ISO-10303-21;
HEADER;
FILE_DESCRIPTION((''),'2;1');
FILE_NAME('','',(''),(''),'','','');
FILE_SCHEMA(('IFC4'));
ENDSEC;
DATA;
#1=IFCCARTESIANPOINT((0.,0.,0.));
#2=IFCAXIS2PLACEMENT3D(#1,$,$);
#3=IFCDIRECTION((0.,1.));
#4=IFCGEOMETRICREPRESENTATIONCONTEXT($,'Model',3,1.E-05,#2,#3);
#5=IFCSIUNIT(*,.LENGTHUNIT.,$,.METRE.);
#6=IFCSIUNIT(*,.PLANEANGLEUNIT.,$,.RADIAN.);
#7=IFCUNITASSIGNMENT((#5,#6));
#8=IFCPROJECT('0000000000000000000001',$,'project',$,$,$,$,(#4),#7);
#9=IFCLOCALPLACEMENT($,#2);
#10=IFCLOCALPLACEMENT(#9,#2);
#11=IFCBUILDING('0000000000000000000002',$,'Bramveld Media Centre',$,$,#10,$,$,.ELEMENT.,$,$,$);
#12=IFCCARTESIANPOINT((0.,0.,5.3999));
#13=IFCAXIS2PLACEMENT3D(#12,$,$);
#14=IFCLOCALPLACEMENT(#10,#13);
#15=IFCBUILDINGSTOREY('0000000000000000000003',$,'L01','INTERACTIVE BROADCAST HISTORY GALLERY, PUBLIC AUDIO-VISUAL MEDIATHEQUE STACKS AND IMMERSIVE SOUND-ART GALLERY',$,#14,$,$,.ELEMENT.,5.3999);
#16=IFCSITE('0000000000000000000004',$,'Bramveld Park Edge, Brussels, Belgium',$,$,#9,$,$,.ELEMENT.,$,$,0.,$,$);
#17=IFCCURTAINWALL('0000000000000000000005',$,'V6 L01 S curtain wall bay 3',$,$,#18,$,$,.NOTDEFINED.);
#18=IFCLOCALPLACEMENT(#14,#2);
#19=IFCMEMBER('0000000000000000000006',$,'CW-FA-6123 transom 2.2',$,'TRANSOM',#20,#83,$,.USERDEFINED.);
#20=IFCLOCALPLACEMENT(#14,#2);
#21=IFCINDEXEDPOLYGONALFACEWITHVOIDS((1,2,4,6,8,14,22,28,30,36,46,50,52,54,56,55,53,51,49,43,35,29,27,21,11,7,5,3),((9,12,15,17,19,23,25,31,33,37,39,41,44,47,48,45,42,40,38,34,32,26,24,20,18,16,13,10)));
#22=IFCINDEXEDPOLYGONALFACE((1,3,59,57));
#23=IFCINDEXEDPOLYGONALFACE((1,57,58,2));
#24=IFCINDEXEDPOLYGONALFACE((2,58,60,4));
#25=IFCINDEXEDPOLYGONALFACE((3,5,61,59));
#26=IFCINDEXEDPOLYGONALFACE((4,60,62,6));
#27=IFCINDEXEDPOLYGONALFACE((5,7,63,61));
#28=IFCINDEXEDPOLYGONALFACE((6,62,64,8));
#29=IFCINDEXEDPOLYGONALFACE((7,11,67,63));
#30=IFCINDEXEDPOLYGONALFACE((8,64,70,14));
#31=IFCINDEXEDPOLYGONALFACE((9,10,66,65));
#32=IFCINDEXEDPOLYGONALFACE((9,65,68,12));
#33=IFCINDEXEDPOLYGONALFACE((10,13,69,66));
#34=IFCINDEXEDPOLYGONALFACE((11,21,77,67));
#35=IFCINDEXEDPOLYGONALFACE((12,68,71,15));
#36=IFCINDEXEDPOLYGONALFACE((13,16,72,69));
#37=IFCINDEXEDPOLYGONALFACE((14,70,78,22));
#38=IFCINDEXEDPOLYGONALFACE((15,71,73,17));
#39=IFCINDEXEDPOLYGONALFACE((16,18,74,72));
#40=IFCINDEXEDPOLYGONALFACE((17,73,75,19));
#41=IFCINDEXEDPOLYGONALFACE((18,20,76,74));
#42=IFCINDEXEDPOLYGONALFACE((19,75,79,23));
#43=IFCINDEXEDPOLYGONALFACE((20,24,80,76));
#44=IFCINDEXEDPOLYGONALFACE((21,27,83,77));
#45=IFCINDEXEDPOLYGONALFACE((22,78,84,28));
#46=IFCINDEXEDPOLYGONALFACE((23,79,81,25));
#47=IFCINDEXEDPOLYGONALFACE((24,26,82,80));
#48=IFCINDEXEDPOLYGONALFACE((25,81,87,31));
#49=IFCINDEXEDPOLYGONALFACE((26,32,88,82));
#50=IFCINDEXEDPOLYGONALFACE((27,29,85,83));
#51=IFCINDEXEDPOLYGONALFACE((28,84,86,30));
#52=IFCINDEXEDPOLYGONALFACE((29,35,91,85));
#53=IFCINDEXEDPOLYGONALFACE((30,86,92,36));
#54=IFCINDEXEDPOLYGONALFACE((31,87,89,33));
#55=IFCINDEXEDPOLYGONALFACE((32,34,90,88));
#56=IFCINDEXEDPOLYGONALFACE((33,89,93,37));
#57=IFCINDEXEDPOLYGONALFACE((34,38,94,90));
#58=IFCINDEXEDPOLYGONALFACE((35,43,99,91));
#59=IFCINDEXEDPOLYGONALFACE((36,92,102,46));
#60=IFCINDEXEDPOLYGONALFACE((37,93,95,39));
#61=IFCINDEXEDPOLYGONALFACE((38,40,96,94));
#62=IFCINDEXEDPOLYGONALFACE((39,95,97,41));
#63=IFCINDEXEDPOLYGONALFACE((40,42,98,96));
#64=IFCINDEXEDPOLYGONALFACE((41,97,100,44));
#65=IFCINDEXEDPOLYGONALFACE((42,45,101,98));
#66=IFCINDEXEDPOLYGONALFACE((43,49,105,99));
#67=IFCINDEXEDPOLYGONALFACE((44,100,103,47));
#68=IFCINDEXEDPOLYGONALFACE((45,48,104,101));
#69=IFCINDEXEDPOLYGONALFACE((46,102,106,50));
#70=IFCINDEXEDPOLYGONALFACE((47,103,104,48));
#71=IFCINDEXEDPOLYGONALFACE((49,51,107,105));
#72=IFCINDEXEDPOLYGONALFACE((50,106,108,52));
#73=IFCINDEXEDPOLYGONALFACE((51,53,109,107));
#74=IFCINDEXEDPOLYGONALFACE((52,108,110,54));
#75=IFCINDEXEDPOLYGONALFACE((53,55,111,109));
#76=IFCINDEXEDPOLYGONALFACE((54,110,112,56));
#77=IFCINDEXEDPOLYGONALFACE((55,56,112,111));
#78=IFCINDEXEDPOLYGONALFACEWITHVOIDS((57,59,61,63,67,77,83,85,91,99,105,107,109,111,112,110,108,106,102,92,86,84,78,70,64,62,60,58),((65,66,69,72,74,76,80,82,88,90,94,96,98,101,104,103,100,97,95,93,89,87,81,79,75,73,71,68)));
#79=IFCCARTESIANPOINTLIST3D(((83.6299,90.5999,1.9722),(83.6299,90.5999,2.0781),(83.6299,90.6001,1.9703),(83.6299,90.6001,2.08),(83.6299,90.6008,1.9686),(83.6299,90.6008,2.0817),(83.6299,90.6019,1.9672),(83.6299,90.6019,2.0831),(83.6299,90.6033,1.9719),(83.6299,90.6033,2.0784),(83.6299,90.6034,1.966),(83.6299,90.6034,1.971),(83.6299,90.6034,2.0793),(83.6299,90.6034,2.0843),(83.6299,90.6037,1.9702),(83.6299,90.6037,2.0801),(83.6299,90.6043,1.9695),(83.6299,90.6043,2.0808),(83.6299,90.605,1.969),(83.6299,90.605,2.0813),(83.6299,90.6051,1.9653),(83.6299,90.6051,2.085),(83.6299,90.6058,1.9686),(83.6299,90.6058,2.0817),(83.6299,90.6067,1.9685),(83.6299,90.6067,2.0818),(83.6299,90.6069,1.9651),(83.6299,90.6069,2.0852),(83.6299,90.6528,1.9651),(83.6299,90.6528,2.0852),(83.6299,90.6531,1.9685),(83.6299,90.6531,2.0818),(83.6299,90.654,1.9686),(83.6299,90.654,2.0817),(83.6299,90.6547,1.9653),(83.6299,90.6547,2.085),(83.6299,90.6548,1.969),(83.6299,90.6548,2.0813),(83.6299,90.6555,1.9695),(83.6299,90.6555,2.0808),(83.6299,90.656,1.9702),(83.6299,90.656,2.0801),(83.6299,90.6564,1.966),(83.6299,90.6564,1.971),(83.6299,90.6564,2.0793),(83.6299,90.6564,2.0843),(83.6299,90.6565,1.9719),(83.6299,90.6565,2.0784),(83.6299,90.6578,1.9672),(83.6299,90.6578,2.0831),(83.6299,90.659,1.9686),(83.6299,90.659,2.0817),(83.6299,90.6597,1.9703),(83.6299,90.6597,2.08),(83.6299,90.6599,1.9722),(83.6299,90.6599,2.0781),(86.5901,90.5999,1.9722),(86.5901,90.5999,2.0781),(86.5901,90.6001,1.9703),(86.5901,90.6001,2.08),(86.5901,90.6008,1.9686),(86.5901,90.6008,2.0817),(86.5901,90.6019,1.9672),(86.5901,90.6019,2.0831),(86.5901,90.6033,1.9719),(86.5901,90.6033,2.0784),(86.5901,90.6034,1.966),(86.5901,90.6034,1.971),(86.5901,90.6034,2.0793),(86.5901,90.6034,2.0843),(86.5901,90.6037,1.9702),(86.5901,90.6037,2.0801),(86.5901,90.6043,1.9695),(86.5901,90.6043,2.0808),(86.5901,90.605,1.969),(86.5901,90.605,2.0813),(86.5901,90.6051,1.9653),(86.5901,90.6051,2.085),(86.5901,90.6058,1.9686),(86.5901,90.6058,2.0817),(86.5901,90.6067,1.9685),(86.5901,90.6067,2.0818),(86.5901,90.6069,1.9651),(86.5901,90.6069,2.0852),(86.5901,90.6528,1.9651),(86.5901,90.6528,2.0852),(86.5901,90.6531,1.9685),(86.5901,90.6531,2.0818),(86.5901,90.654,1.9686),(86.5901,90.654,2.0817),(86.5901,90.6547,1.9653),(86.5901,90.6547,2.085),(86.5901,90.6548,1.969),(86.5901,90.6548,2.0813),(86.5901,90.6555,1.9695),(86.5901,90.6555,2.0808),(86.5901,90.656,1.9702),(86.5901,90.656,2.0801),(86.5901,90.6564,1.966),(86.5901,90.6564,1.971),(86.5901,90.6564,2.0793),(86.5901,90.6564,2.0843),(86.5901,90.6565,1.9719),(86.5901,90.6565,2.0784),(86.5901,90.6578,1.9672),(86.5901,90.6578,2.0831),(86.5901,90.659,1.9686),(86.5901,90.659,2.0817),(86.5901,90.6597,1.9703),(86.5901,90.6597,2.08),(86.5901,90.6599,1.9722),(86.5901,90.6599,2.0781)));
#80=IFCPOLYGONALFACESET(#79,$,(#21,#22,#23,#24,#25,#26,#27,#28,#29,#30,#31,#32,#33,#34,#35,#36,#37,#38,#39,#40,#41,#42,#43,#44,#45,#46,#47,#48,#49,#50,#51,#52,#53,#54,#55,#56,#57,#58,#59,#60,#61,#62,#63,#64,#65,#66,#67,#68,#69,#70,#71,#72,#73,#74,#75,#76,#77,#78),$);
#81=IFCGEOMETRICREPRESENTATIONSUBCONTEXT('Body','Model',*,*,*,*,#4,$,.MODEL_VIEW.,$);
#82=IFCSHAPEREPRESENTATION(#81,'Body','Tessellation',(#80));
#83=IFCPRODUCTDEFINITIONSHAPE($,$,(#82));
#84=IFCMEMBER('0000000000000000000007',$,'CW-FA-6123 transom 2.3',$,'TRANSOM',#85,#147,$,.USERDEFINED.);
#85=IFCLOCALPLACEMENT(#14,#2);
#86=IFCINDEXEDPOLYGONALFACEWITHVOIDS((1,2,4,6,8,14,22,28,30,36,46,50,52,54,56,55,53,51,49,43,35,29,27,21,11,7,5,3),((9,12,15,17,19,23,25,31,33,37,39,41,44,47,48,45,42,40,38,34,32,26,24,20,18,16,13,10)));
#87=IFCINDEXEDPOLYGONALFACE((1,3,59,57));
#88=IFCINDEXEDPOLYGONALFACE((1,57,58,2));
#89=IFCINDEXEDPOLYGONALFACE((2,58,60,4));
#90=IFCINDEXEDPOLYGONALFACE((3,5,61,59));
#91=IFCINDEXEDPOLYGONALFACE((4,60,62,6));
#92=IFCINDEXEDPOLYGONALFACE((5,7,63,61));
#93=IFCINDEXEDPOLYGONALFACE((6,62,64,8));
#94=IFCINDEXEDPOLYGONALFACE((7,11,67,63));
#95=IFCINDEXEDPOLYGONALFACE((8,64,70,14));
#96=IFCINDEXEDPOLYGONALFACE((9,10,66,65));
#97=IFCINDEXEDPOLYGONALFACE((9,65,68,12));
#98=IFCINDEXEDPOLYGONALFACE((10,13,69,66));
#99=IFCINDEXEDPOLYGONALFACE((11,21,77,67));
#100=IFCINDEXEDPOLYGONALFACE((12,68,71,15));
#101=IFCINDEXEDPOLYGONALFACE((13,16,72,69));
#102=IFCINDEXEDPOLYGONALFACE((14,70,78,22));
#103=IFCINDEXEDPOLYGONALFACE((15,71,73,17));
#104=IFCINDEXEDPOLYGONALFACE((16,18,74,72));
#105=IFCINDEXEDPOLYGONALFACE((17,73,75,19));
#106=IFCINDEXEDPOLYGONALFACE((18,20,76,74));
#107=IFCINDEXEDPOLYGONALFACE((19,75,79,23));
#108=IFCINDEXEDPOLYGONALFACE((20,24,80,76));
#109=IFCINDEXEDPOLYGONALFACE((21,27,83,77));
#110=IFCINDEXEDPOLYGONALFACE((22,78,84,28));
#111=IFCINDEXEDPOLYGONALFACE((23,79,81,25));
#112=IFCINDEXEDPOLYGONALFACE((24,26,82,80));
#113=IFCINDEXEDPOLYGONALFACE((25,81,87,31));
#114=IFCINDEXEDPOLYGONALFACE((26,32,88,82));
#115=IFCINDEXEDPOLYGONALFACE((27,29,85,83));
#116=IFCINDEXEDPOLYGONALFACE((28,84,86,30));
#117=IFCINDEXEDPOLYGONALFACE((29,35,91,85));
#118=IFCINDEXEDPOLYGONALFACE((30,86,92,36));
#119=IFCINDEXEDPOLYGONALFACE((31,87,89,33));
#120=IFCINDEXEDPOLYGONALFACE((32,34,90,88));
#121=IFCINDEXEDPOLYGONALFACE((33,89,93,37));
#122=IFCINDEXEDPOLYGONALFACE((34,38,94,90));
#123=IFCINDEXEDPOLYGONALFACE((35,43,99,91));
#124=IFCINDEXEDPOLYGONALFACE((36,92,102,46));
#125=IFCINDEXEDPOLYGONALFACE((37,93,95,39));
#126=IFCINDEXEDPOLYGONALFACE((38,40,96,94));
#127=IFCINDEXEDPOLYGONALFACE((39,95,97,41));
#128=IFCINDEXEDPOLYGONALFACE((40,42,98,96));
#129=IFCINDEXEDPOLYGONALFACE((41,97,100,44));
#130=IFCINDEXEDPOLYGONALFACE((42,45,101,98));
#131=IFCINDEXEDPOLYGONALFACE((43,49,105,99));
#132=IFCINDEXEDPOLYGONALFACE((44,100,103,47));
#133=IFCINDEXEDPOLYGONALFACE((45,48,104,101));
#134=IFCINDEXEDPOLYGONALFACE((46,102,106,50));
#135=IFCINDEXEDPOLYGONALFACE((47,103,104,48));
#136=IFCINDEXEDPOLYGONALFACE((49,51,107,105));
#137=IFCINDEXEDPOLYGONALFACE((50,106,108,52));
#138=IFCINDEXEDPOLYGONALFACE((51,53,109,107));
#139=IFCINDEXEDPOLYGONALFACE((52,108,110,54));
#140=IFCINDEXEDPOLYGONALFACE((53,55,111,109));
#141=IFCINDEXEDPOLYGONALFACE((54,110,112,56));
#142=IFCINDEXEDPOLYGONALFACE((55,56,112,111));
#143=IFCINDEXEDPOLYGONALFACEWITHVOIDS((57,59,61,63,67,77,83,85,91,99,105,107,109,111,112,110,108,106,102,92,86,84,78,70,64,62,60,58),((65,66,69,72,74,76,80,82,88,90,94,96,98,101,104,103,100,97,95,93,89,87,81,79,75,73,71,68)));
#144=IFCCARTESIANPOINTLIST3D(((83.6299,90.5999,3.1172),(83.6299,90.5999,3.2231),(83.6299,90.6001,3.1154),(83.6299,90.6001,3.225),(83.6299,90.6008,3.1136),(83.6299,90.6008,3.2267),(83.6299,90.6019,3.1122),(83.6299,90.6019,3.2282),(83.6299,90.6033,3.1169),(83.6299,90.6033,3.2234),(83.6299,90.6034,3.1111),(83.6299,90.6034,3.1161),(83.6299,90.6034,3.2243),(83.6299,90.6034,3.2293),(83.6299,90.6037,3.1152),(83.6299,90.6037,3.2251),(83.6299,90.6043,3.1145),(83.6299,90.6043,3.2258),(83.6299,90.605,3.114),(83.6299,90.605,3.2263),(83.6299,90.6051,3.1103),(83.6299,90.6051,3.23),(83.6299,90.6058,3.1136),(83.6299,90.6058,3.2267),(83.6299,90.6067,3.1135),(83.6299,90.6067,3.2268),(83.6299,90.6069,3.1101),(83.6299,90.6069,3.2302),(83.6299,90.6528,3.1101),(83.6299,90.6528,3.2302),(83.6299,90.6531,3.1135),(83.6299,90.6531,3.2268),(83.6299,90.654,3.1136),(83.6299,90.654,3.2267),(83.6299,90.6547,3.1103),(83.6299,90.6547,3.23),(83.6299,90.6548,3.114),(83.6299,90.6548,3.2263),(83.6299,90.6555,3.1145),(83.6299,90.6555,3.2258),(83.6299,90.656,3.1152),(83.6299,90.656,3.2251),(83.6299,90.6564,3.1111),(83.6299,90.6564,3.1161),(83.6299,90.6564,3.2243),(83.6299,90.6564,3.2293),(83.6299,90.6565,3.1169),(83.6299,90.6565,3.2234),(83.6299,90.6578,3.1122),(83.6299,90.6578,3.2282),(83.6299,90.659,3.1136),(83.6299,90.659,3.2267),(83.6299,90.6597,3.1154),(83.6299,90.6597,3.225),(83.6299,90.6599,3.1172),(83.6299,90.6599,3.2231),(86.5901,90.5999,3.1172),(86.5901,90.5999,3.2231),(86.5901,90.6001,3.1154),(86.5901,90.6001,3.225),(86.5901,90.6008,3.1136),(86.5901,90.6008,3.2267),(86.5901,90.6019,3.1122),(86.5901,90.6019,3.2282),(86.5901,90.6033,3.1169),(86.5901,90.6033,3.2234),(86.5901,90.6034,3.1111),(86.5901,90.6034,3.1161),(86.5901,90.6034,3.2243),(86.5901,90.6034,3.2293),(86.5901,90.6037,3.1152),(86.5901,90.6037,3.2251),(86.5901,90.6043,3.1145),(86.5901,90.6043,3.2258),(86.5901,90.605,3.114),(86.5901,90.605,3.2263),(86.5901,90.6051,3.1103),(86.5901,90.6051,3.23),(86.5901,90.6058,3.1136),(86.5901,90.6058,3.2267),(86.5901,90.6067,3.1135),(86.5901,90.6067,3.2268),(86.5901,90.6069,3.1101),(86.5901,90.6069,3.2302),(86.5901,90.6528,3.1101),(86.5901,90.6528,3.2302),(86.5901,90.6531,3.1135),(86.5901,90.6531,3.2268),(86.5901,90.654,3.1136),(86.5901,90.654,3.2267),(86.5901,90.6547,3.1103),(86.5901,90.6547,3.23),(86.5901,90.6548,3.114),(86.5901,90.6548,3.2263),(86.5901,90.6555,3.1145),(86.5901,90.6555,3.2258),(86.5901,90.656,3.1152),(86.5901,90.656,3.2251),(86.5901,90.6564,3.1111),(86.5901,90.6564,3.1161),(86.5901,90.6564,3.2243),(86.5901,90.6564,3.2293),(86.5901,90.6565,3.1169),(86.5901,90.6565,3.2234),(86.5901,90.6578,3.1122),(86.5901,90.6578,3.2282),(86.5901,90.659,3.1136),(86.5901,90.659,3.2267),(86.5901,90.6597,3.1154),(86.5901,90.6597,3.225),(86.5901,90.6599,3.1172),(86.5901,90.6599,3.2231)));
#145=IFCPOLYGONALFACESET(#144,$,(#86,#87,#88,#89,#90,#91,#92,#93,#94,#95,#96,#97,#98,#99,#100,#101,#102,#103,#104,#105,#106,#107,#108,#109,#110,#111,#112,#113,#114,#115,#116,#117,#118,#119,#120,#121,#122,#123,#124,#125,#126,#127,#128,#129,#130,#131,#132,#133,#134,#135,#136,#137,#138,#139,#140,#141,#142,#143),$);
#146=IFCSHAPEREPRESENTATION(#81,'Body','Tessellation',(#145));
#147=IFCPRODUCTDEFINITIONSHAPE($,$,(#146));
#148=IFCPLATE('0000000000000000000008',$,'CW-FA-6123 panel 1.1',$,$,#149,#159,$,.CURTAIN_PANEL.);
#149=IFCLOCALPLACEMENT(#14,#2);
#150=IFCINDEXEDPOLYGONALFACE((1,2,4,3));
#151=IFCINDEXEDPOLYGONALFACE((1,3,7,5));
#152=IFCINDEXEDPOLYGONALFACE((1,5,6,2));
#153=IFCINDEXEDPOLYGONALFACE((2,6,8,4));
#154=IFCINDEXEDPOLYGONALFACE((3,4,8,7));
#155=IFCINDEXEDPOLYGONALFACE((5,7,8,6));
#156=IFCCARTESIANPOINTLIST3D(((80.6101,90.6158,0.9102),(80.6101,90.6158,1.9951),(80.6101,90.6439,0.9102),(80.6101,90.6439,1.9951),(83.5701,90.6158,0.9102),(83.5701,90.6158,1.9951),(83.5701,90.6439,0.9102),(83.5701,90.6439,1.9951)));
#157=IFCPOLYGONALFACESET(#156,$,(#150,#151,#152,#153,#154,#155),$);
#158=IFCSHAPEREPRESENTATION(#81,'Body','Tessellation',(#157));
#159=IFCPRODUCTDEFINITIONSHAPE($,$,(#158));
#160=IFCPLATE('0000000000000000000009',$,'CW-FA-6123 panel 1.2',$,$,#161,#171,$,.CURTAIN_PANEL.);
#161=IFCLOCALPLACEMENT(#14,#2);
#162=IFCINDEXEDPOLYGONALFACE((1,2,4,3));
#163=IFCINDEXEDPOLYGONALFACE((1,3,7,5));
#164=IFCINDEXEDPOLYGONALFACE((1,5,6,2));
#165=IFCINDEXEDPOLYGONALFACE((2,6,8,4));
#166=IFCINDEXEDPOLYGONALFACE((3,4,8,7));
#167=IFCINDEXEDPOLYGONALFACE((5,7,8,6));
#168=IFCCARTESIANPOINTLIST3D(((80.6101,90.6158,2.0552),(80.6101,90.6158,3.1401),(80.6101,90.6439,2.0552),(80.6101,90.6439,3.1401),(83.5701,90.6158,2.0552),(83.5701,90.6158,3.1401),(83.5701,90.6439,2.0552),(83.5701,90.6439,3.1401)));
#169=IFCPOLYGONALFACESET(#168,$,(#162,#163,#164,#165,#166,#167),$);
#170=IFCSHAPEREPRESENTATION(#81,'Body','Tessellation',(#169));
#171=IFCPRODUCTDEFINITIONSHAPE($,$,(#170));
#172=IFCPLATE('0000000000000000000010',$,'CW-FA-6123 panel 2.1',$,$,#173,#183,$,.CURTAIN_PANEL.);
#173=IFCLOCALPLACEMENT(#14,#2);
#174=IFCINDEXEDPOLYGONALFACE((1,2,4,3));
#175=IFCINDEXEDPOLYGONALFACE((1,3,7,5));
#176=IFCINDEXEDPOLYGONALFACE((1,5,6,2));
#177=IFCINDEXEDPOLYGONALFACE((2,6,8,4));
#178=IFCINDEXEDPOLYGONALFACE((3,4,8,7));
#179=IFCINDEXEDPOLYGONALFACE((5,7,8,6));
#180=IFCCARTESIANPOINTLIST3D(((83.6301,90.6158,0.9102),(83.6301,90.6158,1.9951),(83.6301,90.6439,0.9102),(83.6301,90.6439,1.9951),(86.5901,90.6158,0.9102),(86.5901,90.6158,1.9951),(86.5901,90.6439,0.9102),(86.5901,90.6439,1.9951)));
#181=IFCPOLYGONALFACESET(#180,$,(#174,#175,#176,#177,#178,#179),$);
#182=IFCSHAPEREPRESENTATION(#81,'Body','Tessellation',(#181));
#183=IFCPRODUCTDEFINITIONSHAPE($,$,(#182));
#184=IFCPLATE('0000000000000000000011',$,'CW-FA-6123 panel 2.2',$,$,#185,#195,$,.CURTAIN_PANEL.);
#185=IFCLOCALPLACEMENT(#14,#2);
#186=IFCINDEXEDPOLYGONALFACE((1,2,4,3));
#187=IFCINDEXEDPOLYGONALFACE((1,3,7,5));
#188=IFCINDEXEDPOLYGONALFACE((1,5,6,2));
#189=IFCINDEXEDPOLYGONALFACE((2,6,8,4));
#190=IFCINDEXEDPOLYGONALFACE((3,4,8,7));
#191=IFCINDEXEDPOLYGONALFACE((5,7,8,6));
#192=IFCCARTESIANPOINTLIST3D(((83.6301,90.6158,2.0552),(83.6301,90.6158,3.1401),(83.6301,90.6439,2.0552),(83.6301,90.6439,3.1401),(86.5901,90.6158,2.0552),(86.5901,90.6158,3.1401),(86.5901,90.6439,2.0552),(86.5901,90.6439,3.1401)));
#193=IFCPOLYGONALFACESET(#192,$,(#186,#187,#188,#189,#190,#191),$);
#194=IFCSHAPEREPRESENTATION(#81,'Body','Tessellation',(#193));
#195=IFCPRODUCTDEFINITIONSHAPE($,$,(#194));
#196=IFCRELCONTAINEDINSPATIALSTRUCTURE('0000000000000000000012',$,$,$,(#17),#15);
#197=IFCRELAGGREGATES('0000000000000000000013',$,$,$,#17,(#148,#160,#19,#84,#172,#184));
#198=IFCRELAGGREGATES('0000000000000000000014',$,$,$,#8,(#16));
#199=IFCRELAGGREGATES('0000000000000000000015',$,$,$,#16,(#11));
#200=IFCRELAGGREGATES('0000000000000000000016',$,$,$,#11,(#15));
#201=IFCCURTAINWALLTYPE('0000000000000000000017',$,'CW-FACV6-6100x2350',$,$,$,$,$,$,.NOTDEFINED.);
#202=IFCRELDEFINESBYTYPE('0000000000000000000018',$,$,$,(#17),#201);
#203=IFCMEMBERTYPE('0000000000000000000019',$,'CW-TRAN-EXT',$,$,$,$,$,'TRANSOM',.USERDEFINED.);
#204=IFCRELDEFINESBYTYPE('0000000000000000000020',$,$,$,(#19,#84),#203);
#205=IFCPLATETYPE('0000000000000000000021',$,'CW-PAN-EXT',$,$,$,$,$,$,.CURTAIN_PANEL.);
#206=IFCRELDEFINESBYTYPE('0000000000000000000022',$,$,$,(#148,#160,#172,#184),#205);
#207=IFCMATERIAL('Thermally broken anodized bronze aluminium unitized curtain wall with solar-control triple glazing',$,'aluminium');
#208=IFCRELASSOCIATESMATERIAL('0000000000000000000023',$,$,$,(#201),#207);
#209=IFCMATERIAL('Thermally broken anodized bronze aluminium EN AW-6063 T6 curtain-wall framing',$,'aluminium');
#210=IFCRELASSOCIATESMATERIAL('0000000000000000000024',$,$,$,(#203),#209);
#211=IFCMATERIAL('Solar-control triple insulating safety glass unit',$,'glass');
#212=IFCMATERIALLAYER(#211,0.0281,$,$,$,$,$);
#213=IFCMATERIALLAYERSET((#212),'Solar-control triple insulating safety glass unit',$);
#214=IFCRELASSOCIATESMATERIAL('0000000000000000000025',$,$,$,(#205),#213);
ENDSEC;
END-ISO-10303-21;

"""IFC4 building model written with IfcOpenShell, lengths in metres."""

from ifc_helpers import new_model, si_unit, direction, frame, origin, origin_2d, place, context, subcontext, project, spatial, rectangle, hollow_rectangle, extrude, material, layer, layer_set, material_profile, profile_set, type_object, element, aggregate, save


model = new_model("IFC4")

# Units and contexts
model_context = context("Model", 3, precision=1e-05, world=origin(), true_north=direction((0.0, 1.0)))
body_context = subcontext(model_context, "Body", "Model", "MODEL_VIEW")
ifc_project = project(units=[si_unit("LENGTHUNIT", "METRE"), si_unit("PLANEANGLEUNIT", "RADIAN")], contexts=[model_context])

# Site, building, storey
site_placement = place(None, origin())
site = spatial("IfcSite", under=ifc_project, at=site_placement, Name="Bramveld Park Edge, Brussels, Belgium", CompositionType="ELEMENT", RefElevation=0.0)
building_placement = place(site_placement, origin())
building = spatial("IfcBuilding", under=site, at=building_placement, Name="Bramveld Media Centre", CompositionType="ELEMENT")
storey_placement = place(building_placement, frame((0.0, 0.0, 5.3999)))
storey = spatial("IfcBuildingStorey", under=building, at=storey_placement, Name="L01", Description="INTERACTIVE BROADCAST HISTORY GALLERY, PUBLIC AUDIO-VISUAL MEDIATHEQUE STACKS AND IMMERSIVE SOUND-ART GALLERY", CompositionType="ELEMENT", Elevation=5.3999)

# Curtain wall
ifc_material_1 = material(Name="Thermally broken anodized bronze aluminium unitized curtain wall with solar-control triple glazing", Category="aluminium")
curtain_wall_type_1 = type_object("IfcCurtainWallType", Name="CW-FACV6-6100x2350", PredefinedType="NOTDEFINED", material=ifc_material_1)
curtain_wall_1_placement = place(storey_placement, origin())
curtain_wall_1 = element("IfcCurtainWall", 1, at=curtain_wall_1_placement, inside=storey, type_object=curtain_wall_type_1, Name="V6 L01 S curtain wall bay 3", PredefinedType="NOTDEFINED")

# Members
ifc_material_2 = material(Name="Thermally broken anodized bronze aluminium EN AW-6063 T6 curtain-wall framing", Category="aluminium")
ifc_material_profile_1 = material_profile(ifc_material_2, hollow_rectangle(XDim=0.0601, YDim=0.1201, WallThickness=0.0034, InnerFilletRadius=0.0034, OuterFilletRadius=0.0071, at=origin_2d()), Name="AL-TRAN 60x120")
ifc_profile_set_1 = profile_set([ifc_material_profile_1], Name="Thermally broken anodized bronze aluminium EN AW-6063 T6 curtain-wall framing")
member_type_1 = type_object("IfcMemberType", Name="CW-TRAN-EXT", ElementType="TRANSOM", PredefinedType="USERDEFINED", material=ifc_profile_set_1)
member_1_placement = place(storey_placement, frame((83.6299, 90.6299, 2.0251), z_axis=(1.0, 0.0, 0.0), x_axis=(0.0, 1.0, 0.0)))
member_1 = element("IfcMember", 2, at=member_1_placement, type_object=member_type_1, Name="CW-FA-6123 transom 2.2", ObjectType="TRANSOM", PredefinedType="USERDEFINED", context=body_context, shape_type="SweptSolid", body=[
    extrude(hollow_rectangle(XDim=0.0601, YDim=0.1201, WallThickness=0.0034, InnerFilletRadius=0.0034, OuterFilletRadius=0.0071, at=origin_2d()), origin(), (0.0, 0.0, 1.0), 2.9602),
])
member_2_placement = place(storey_placement, frame((83.6299, 90.6299, 3.1702), z_axis=(1.0, 0.0, 0.0), x_axis=(0.0, 1.0, 0.0)))
member_2 = element("IfcMember", 3, at=member_2_placement, type_object=member_type_1, Name="CW-FA-6123 transom 2.3", ObjectType="TRANSOM", PredefinedType="USERDEFINED", context=body_context, shape_type="SweptSolid", body=[
    extrude(hollow_rectangle(XDim=0.0601, YDim=0.1201, WallThickness=0.0034, InnerFilletRadius=0.0034, OuterFilletRadius=0.0071, at=origin_2d()), origin(), (0.0, 0.0, 1.0), 2.9602),
])

# Plates
ifc_material_3 = material(Name="Solar-control triple insulating safety glass unit", Category="glass")
ifc_layer_1 = layer(ifc_material_3, 0.0281)
ifc_layer_set_1 = layer_set([ifc_layer_1], Name="Solar-control triple insulating safety glass unit")
plate_type = type_object("IfcPlateType", Name="CW-PAN-EXT", PredefinedType="CURTAIN_PANEL", material=ifc_layer_set_1)
plate_1_placement = place(storey_placement, frame((82.0901, 90.6299, 0.9102), z_axis=(0.0, 0.0, 1.0), x_axis=(1.0, 0.0, 0.0)))
plate_1 = element("IfcPlate", 4, at=plate_1_placement, type_object=plate_type, Name="CW-FA-6123 panel 1.1", PredefinedType="CURTAIN_PANEL", context=body_context, shape_type="SweptSolid", body=[
    extrude(rectangle(XDim=2.96, YDim=0.0281, at=origin_2d()), origin(), (0.0, 0.0, 1.0), 1.085),
])
plate_2_placement = place(storey_placement, frame((82.0901, 90.6299, 2.0552), z_axis=(0.0, 0.0, 1.0), x_axis=(1.0, 0.0, 0.0)))
plate_2 = element("IfcPlate", 5, at=plate_2_placement, type_object=plate_type, Name="CW-FA-6123 panel 1.2", PredefinedType="CURTAIN_PANEL", context=body_context, shape_type="SweptSolid", body=[
    extrude(rectangle(XDim=2.96, YDim=0.0281, at=origin_2d()), origin(), (0.0, 0.0, 1.0), 1.085),
])
plate_3_placement = place(storey_placement, frame((85.1101, 90.6299, 0.9102), z_axis=(0.0, 0.0, 1.0), x_axis=(1.0, 0.0, 0.0)))
plate_3 = element("IfcPlate", 6, at=plate_3_placement, type_object=plate_type, Name="CW-FA-6123 panel 2.1", PredefinedType="CURTAIN_PANEL", context=body_context, shape_type="SweptSolid", body=[
    extrude(rectangle(XDim=2.96, YDim=0.0281, at=origin_2d()), origin(), (0.0, 0.0, 1.0), 1.085),
])
plate_4_placement = place(storey_placement, frame((85.1101, 90.6299, 2.0552), z_axis=(0.0, 0.0, 1.0), x_axis=(1.0, 0.0, 0.0)))
plate_4 = element("IfcPlate", 7, at=plate_4_placement, type_object=plate_type, Name="CW-FA-6123 panel 2.2", PredefinedType="CURTAIN_PANEL", context=body_context, shape_type="SweptSolid", body=[
    extrude(rectangle(XDim=2.96, YDim=0.0281, at=origin_2d()), origin(), (0.0, 0.0, 1.0), 1.085),
])
aggregate(curtain_wall_1, [plate_1, plate_2, member_1, member_2, plate_3, plate_4])

save(model, "model.ifc")
